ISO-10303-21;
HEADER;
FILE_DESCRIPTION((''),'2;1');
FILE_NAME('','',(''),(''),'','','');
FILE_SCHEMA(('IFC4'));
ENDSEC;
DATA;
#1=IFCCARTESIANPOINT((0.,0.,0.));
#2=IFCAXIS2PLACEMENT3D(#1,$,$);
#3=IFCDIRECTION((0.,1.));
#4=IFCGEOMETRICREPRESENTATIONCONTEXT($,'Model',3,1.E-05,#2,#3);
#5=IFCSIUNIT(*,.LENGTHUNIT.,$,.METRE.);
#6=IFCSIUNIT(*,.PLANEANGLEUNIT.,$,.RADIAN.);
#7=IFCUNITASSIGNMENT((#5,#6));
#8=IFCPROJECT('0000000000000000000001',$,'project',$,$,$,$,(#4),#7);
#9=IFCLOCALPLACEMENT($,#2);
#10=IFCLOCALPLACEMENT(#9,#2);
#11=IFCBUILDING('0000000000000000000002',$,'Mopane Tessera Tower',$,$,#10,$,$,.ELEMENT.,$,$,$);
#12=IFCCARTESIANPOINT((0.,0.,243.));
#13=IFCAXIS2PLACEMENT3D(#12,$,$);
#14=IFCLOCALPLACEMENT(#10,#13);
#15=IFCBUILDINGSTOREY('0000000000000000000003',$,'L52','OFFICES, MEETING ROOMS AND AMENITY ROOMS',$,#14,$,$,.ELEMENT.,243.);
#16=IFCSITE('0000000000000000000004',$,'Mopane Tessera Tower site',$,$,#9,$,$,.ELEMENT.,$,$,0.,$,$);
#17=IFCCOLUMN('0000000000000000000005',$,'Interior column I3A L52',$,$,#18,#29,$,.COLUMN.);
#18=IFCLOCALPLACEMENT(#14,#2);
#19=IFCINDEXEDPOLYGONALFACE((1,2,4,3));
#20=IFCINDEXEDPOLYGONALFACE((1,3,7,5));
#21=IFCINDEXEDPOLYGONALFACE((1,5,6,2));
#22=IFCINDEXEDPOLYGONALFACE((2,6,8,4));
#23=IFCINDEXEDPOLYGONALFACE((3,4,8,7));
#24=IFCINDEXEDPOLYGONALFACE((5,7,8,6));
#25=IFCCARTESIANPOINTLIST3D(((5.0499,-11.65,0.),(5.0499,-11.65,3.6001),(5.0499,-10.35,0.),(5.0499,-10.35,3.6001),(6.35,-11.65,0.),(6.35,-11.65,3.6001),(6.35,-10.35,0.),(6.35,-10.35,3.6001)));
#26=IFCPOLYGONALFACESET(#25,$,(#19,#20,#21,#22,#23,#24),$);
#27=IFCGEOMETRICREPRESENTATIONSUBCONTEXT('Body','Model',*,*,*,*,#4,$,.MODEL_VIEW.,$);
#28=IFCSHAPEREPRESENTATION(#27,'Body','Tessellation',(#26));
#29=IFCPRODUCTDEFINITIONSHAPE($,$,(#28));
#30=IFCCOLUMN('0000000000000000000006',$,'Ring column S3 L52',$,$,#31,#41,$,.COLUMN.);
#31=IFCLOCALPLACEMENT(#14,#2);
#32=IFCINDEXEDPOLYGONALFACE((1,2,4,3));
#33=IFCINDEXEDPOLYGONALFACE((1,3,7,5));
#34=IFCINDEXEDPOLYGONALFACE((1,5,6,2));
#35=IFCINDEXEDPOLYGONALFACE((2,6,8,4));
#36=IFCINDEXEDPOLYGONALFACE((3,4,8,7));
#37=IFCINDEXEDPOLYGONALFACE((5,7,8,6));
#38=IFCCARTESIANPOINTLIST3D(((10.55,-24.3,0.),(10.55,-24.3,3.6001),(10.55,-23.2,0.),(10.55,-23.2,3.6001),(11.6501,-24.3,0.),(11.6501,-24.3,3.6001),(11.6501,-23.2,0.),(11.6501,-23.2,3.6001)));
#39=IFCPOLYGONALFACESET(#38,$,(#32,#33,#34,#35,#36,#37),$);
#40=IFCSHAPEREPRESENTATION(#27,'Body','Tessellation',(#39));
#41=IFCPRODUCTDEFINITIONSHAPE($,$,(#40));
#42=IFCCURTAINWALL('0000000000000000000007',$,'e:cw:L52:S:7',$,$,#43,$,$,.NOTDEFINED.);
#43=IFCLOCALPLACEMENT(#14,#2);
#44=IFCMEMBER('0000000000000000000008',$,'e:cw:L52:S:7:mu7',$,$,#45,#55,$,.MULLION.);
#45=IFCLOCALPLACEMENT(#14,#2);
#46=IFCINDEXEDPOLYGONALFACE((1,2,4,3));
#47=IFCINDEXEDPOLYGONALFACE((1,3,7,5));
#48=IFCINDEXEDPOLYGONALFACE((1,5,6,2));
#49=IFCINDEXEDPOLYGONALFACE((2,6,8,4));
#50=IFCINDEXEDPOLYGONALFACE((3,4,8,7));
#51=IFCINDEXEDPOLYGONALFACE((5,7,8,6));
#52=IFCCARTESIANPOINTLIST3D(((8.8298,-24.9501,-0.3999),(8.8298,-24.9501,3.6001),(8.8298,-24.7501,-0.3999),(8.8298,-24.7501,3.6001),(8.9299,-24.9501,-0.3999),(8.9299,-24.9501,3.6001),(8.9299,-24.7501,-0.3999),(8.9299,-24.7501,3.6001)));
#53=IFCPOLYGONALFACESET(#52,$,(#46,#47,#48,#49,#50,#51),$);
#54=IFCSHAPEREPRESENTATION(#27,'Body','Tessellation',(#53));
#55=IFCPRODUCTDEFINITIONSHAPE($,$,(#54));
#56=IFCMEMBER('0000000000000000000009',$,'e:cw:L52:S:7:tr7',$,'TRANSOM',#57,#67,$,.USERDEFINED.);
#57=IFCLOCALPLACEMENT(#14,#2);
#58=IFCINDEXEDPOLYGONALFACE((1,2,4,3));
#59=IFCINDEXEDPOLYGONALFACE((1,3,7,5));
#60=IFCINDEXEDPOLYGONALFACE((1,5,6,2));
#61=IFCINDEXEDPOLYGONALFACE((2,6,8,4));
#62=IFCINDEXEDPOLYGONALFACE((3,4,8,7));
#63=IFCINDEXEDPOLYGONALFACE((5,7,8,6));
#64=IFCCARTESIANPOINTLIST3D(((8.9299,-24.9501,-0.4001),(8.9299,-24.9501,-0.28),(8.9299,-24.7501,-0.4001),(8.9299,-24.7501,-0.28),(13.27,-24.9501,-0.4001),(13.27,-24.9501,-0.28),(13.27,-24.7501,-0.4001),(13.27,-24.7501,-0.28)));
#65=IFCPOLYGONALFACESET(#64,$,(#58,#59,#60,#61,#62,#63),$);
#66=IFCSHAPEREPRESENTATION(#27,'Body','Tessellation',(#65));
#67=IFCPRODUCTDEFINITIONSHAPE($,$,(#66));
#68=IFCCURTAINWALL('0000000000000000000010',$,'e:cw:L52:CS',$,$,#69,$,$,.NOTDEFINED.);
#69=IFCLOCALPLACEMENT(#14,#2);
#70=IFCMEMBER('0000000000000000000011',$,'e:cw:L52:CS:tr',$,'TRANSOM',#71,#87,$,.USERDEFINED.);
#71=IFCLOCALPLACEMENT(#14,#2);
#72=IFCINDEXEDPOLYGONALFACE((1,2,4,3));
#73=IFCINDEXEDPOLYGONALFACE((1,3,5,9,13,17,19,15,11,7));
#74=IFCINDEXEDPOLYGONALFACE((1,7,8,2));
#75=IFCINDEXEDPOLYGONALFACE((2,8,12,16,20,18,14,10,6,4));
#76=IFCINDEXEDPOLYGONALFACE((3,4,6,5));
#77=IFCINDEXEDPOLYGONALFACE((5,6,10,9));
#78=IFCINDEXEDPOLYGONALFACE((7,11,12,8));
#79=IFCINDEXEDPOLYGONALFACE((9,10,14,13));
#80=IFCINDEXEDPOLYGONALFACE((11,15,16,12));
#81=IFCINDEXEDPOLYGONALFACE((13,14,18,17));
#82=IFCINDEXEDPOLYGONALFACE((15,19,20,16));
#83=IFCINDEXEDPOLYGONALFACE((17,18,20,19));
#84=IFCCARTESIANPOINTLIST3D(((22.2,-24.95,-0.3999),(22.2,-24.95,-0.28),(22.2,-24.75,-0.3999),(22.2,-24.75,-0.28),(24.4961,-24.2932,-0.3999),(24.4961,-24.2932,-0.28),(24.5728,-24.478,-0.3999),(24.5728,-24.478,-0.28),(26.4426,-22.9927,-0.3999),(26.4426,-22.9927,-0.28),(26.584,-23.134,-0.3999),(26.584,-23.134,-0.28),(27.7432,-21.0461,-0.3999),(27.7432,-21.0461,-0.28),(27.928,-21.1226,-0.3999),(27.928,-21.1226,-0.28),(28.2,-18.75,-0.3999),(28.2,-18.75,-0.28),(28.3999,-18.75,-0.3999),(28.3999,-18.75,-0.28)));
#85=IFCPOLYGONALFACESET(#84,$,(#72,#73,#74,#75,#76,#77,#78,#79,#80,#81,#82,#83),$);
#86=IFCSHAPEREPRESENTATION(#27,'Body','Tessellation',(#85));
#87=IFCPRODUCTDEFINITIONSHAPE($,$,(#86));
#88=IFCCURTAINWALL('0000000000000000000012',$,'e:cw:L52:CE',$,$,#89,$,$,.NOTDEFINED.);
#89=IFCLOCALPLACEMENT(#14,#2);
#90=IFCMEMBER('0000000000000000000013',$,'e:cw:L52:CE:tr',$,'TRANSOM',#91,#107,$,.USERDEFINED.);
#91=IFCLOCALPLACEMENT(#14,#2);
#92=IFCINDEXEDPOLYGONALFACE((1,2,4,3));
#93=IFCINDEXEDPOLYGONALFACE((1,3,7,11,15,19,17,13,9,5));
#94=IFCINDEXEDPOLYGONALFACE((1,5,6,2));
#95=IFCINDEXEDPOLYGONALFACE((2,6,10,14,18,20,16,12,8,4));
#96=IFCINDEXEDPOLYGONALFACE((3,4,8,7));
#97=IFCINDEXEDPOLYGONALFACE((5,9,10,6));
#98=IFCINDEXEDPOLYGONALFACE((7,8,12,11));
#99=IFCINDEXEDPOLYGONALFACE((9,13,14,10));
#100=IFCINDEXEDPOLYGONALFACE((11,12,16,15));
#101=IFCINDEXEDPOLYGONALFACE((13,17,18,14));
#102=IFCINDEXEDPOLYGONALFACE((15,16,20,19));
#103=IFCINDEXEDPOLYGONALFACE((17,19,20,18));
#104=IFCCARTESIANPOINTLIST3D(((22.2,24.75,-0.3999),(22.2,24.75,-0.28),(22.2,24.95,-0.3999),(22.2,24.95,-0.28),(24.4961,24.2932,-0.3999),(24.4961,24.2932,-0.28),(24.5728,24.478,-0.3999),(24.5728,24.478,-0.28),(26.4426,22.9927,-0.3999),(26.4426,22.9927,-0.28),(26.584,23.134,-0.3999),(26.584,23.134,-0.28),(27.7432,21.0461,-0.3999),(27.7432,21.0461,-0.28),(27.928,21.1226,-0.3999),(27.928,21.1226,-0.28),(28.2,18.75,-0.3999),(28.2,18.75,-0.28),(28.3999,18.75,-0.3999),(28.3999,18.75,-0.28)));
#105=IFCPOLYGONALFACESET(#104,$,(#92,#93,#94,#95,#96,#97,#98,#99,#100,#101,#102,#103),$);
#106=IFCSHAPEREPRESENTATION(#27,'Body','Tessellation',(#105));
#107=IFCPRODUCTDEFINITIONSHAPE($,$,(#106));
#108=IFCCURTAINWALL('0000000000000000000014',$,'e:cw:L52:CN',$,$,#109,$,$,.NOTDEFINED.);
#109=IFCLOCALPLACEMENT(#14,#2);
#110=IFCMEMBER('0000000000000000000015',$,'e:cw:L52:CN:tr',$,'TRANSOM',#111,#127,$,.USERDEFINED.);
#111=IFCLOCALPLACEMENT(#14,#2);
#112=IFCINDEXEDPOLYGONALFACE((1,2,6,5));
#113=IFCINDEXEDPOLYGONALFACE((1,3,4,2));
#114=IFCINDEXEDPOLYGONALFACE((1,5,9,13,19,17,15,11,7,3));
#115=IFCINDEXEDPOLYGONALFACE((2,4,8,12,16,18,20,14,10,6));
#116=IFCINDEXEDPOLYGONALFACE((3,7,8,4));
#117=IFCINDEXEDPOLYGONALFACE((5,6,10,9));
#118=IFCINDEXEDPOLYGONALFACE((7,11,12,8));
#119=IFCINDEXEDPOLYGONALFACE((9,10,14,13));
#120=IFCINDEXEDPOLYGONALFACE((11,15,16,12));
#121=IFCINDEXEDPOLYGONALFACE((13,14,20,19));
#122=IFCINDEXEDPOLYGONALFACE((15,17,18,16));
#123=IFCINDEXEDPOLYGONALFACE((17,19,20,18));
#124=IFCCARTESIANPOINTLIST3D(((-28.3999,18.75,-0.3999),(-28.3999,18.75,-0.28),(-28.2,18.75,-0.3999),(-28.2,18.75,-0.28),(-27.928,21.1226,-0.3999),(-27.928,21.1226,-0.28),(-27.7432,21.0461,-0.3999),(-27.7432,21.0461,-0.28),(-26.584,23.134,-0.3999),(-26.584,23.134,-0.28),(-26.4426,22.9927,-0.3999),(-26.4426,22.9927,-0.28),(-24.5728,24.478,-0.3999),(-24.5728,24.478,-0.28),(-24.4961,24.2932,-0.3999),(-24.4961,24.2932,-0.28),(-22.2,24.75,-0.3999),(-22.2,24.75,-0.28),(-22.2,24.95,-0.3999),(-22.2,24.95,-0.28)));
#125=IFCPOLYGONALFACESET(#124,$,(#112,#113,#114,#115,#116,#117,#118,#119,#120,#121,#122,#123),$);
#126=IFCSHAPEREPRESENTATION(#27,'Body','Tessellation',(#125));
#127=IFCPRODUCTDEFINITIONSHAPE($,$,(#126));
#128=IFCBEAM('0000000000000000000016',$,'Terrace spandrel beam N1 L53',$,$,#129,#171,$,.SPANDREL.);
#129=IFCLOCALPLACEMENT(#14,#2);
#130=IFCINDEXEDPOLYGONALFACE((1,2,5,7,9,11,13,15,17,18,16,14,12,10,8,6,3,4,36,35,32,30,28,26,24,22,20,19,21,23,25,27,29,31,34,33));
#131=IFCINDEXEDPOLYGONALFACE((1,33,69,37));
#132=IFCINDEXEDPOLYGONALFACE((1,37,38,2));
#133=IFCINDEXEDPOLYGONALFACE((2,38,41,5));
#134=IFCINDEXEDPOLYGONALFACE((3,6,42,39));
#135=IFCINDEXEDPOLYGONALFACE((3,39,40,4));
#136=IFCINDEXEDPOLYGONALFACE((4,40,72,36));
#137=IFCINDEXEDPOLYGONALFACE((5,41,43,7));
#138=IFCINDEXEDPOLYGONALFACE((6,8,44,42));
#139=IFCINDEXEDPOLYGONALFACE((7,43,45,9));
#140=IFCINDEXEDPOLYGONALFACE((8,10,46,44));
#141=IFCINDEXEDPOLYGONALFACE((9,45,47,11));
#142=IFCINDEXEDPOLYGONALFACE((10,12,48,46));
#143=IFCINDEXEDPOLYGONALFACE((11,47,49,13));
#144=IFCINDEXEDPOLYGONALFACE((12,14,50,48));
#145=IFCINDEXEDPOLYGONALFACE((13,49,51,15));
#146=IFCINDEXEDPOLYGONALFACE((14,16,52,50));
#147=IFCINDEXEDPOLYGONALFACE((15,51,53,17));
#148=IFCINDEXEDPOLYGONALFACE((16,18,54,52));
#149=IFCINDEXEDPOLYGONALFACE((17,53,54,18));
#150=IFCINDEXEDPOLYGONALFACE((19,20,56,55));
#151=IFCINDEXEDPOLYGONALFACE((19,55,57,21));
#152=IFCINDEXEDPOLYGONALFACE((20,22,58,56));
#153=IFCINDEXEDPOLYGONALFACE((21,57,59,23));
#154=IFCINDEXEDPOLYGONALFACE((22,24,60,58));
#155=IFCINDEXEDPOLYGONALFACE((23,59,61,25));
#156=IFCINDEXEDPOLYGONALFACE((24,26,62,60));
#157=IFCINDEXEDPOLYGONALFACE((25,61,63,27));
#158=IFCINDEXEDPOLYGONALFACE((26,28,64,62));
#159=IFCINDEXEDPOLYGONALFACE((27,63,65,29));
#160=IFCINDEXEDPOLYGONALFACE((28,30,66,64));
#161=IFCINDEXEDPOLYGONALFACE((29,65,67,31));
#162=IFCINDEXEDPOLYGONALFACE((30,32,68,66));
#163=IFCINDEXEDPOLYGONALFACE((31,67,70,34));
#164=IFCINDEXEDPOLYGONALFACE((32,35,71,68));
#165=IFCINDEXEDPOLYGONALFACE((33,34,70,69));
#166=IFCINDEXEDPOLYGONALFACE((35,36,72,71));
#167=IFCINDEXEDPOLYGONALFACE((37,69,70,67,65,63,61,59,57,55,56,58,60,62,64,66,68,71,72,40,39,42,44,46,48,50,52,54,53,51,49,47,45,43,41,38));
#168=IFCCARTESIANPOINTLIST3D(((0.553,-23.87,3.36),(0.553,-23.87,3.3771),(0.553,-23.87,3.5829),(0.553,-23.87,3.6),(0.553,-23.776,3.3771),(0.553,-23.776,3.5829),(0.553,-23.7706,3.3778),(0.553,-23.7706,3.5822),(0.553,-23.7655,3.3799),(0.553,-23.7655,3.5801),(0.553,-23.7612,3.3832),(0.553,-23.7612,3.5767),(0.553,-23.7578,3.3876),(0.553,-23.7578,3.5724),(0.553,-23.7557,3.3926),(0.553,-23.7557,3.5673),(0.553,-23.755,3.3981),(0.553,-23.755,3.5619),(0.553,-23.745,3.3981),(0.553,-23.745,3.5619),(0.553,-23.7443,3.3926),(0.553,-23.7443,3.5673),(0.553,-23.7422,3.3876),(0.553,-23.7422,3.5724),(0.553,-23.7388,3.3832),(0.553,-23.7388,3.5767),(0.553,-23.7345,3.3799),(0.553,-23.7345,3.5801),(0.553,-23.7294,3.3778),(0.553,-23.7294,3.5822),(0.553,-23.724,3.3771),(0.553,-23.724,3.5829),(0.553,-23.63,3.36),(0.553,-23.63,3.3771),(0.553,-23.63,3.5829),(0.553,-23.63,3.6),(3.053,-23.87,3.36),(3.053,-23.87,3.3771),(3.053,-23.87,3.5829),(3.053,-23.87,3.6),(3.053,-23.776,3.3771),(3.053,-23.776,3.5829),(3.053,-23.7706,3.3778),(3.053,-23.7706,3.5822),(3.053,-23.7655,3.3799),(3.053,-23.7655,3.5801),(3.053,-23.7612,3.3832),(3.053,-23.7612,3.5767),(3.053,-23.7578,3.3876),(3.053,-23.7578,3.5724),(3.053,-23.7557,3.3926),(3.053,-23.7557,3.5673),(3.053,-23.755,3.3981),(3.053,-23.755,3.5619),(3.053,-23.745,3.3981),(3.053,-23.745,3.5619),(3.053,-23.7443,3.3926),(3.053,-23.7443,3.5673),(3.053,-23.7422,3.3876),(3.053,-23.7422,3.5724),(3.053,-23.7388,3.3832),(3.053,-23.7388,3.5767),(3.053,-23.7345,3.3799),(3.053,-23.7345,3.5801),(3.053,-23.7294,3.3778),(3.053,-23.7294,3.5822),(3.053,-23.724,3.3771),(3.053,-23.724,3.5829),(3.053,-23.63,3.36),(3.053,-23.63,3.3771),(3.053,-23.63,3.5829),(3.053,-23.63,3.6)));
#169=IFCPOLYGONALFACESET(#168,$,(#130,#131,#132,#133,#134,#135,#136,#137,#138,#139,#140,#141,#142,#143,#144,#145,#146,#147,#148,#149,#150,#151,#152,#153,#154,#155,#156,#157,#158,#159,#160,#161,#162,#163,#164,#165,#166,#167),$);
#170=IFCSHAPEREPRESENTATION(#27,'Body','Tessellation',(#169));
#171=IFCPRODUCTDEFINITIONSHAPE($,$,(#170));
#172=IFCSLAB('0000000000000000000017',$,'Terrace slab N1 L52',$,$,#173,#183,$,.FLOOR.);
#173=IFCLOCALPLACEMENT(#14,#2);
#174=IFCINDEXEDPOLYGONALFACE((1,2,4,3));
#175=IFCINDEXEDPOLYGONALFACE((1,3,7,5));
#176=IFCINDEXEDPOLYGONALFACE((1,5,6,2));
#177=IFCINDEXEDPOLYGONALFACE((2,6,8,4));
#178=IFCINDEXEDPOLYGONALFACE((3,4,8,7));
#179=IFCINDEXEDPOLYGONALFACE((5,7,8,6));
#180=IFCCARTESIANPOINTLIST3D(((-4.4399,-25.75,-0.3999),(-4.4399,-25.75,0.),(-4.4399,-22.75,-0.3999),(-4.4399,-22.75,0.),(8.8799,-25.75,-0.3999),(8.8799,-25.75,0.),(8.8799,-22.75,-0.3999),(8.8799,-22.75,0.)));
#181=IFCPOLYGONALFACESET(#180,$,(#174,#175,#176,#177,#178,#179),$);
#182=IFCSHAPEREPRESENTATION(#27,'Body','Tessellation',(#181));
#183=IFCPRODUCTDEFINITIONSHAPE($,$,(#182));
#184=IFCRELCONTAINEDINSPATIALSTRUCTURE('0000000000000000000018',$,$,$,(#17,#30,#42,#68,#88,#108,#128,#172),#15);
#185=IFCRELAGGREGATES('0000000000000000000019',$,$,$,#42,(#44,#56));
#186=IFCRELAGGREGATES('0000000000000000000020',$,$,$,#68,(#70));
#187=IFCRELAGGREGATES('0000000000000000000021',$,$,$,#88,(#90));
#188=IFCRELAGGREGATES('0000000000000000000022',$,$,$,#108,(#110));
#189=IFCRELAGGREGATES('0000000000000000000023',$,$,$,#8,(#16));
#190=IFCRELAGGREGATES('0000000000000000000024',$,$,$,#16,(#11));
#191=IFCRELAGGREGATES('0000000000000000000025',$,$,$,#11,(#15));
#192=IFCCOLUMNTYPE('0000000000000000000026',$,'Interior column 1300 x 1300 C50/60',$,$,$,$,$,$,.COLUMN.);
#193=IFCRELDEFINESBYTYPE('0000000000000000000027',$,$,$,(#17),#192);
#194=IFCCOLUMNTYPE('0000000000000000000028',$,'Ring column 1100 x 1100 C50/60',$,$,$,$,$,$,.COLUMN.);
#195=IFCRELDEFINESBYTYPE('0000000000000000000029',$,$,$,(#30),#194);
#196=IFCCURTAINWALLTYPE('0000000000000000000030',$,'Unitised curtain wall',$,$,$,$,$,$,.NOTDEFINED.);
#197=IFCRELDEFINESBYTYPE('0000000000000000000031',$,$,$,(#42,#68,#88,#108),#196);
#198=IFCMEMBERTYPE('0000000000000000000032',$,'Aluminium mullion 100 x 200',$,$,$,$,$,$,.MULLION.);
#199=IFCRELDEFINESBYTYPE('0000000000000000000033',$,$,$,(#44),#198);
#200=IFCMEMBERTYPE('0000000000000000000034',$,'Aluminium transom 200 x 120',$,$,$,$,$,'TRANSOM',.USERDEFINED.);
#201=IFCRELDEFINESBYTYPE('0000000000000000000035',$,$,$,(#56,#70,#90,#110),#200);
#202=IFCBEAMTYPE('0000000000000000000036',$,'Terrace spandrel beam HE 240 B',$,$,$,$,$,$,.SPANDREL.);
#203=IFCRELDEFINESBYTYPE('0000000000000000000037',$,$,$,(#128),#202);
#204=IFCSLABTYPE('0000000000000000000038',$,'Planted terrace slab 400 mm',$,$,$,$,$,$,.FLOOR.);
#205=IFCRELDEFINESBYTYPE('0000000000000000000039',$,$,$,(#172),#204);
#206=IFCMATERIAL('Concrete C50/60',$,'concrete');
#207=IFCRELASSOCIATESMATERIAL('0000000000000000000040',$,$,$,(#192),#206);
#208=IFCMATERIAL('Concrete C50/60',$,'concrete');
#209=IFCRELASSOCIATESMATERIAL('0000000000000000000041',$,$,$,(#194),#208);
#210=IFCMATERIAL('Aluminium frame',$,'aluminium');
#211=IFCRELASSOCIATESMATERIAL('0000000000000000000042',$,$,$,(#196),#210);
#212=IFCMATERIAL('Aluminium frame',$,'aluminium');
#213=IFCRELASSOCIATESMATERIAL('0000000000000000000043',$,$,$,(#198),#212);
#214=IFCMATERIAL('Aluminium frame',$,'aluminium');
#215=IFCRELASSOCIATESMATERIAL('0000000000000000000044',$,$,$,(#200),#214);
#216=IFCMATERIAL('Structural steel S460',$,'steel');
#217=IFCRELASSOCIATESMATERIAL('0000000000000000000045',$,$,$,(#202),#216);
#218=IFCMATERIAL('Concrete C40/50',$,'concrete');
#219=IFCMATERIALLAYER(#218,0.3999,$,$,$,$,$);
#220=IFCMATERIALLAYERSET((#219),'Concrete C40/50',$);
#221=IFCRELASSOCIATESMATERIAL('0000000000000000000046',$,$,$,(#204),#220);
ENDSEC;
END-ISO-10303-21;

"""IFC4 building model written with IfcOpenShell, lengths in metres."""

from ifc_helpers import new_model, si_unit, direction, frame, origin, origin_2d, place, context, subcontext, project, spatial, polyline, rectangle, i_section, outline, extrude, material, layer, layer_set, material_profile, profile_set, type_object, element, aggregate, save


model = new_model("IFC4")

# Units and contexts
model_context = context("Model", 3, precision=1e-05, world=origin(), true_north=direction((0.0, 1.0)))
body_context = subcontext(model_context, "Body", "Model", "MODEL_VIEW")
ifc_project = project(units=[si_unit("LENGTHUNIT", "METRE"), si_unit("PLANEANGLEUNIT", "RADIAN")], contexts=[model_context])

# Site, building, storey
site_placement = place(None, origin())
site = spatial("IfcSite", under=ifc_project, at=site_placement, Name="Mopane Tessera Tower site", CompositionType="ELEMENT", RefElevation=0.0)
building_placement = place(site_placement, origin())
building = spatial("IfcBuilding", under=site, at=building_placement, Name="Mopane Tessera Tower", CompositionType="ELEMENT")
storey_placement = place(building_placement, frame((0.0, 0.0, 243.0)))
storey = spatial("IfcBuildingStorey", under=building, at=storey_placement, Name="L52", Description="OFFICES, MEETING ROOMS AND AMENITY ROOMS", CompositionType="ELEMENT", Elevation=243.0)

# Columns
ifc_material_1 = material(Name="Concrete C50/60", Category="concrete")
ifc_material_profile_1 = material_profile(ifc_material_1, rectangle(XDim=1.3, YDim=1.3, at=origin_2d()))
ifc_profile_set_1 = profile_set([ifc_material_profile_1], Name="Concrete C50/60")
column_type_1 = type_object("IfcColumnType", Name="Interior column 1300 x 1300 C50/60", PredefinedType="COLUMN", material=ifc_profile_set_1)
column_1_placement = place(storey_placement, frame((5.7, -11.0, 0.0), z_axis=(0.0, 0.0, 1.0), x_axis=(1.0, 0.0, 0.0)))
element("IfcColumn", 1, at=column_1_placement, inside=storey, type_object=column_type_1, Name="Interior column I3A L52", PredefinedType="COLUMN", context=body_context, shape_type="SweptSolid", body=[
    extrude(rectangle(XDim=1.3, YDim=1.3, at=origin_2d()), origin(), (0.0, 0.0, 1.0), 3.6001),
])
ifc_material_2 = material(Name="Concrete C50/60", Category="concrete")
ifc_material_profile_2 = material_profile(ifc_material_2, rectangle(XDim=1.1001, YDim=1.1001, at=origin_2d()))
ifc_profile_set_2 = profile_set([ifc_material_profile_2], Name="Concrete C50/60")
column_type_2 = type_object("IfcColumnType", Name="Ring column 1100 x 1100 C50/60", PredefinedType="COLUMN", material=ifc_profile_set_2)
column_2_placement = place(storey_placement, frame((11.1001, -23.75, 0.0), z_axis=(0.0, 0.0, 1.0), x_axis=(1.0, 0.0, 0.0)))
element("IfcColumn", 2, at=column_2_placement, inside=storey, type_object=column_type_2, Name="Ring column S3 L52", PredefinedType="COLUMN", context=body_context, shape_type="SweptSolid", body=[
    extrude(rectangle(XDim=1.1001, YDim=1.1001, at=origin_2d()), origin(), (0.0, 0.0, 1.0), 3.6001),
])

# Curtain wall, members
ifc_material_3 = material(Name="Aluminium frame", Category="aluminium")
curtain_wall_type = type_object("IfcCurtainWallType", Name="Unitised curtain wall", PredefinedType="NOTDEFINED", material=ifc_material_3)
curtain_wall_1_placement = place(storey_placement, origin())
curtain_wall_1 = element("IfcCurtainWall", 3, at=curtain_wall_1_placement, inside=storey, type_object=curtain_wall_type, Name="e:cw:L52:S:7", PredefinedType="NOTDEFINED")
ifc_material_4 = material(Name="Aluminium frame", Category="aluminium")
ifc_material_profile_3 = material_profile(ifc_material_4, rectangle(XDim=0.1001, YDim=0.2, at=origin_2d()))
ifc_profile_set_3 = profile_set([ifc_material_profile_3], Name="Aluminium frame")
member_type_1 = type_object("IfcMemberType", Name="Aluminium mullion 100 x 200", PredefinedType="MULLION", material=ifc_profile_set_3)
member_1_placement = place(storey_placement, frame((8.8799, -24.8501, -0.3999), z_axis=(0.0, 0.0, 1.0), x_axis=(1.0, 0.0, 0.0)))
member_1 = element("IfcMember", 4, at=member_1_placement, type_object=member_type_1, Name="e:cw:L52:S:7:mu7", PredefinedType="MULLION", context=body_context, shape_type="SweptSolid", body=[
    extrude(rectangle(XDim=0.1001, YDim=0.2, at=origin_2d()), origin(), (0.0, 0.0, 1.0), 4.0),
])
ifc_material_5 = material(Name="Aluminium frame", Category="aluminium")
ifc_material_profile_4 = material_profile(ifc_material_5, rectangle(XDim=0.2, YDim=0.1201, at=origin_2d()))
ifc_profile_set_4 = profile_set([ifc_material_profile_4], Name="Aluminium frame")
member_type_2 = type_object("IfcMemberType", Name="Aluminium transom 200 x 120", ElementType="TRANSOM", PredefinedType="USERDEFINED", material=ifc_profile_set_4)
member_2_placement = place(storey_placement, frame((8.9299, -24.8501, -0.3401), z_axis=(1.0, 0.0, 0.0), x_axis=(0.0, 1.0, 0.0)))
member_2 = element("IfcMember", 5, at=member_2_placement, type_object=member_type_2, Name="e:cw:L52:S:7:tr7", ObjectType="TRANSOM", PredefinedType="USERDEFINED", context=body_context, shape_type="SweptSolid", body=[
    extrude(rectangle(XDim=0.2, YDim=0.1201, at=origin_2d()), origin(), (0.0, 0.0, 1.0), 4.3401),
])

# Curtain walls, members
curtain_wall_2_placement = place(storey_placement, origin())
curtain_wall_2 = element("IfcCurtainWall", 6, at=curtain_wall_2_placement, inside=storey, type_object=curtain_wall_type, Name="e:cw:L52:CS", PredefinedType="NOTDEFINED")
member_3_placement = place(storey_placement, frame((0.0, 0.0, -0.3999)))
member_3 = element("IfcMember", 7, at=member_3_placement, type_object=member_type_2, Name="e:cw:L52:CS:tr", ObjectType="TRANSOM", PredefinedType="USERDEFINED", context=body_context, shape_type="SweptSolid", body=[
    extrude(outline(polyline([(22.2, -24.75), (24.4961, -24.2932), (26.4426, -22.9927), (27.7432, -21.0461), (28.2, -18.75), (28.3999, -18.75), (27.928, -21.1226), (26.584, -23.134), (24.5728, -24.478), (22.2, -24.95), (22.2, -24.75)])), origin(), (0.0, 0.0, 1.0), 0.1199),
])
curtain_wall_3_placement = place(storey_placement, origin())
curtain_wall_3 = element("IfcCurtainWall", 8, at=curtain_wall_3_placement, inside=storey, type_object=curtain_wall_type, Name="e:cw:L52:CE", PredefinedType="NOTDEFINED")
member_4_placement = place(storey_placement, frame((0.0, 0.0, -0.3999)))
member_4 = element("IfcMember", 9, at=member_4_placement, type_object=member_type_2, Name="e:cw:L52:CE:tr", ObjectType="TRANSOM", PredefinedType="USERDEFINED", context=body_context, shape_type="SweptSolid", body=[
    extrude(outline(polyline([(28.2, 18.75), (27.7432, 21.0461), (26.4426, 22.9927), (24.4961, 24.2932), (22.2, 24.75), (22.2, 24.95), (24.5728, 24.478), (26.584, 23.134), (27.928, 21.1226), (28.3999, 18.75), (28.2, 18.75)])), origin(), (0.0, 0.0, 1.0), 0.1199),
])
curtain_wall_4_placement = place(storey_placement, origin())
curtain_wall_4 = element("IfcCurtainWall", 10, at=curtain_wall_4_placement, inside=storey, type_object=curtain_wall_type, Name="e:cw:L52:CN", PredefinedType="NOTDEFINED")
member_5_placement = place(storey_placement, frame((0.0, 0.0, -0.3999)))
member_5 = element("IfcMember", 11, at=member_5_placement, type_object=member_type_2, Name="e:cw:L52:CN:tr", ObjectType="TRANSOM", PredefinedType="USERDEFINED", context=body_context, shape_type="SweptSolid", body=[
    extrude(outline(polyline([(-22.2, 24.75), (-24.4961, 24.2932), (-26.4426, 22.9927), (-27.7432, 21.0461), (-28.2, 18.75), (-28.3999, 18.75), (-27.928, 21.1226), (-26.584, 23.134), (-24.5728, 24.478), (-22.2, 24.95), (-22.2, 24.75)])), origin(), (0.0, 0.0, 1.0), 0.1199),
])

# Beam
ifc_material_6 = material(Name="Structural steel S460", Category="steel")
ifc_material_profile_5 = material_profile(ifc_material_6, i_section(OverallWidth=0.24, OverallDepth=0.24, WebThickness=0.01, FlangeThickness=0.0171, FilletRadius=0.021, at=origin_2d()))
ifc_profile_set_5 = profile_set([ifc_material_profile_5], Name="Structural steel S460")
beam_type = type_object("IfcBeamType", Name="Terrace spandrel beam HE 240 B", PredefinedType="SPANDREL", material=ifc_profile_set_5)
beam_placement = place(storey_placement, frame((0.553, -23.75, 3.48), z_axis=(1.0, 0.0, 0.0), x_axis=(0.0, 1.0, 0.0)))
element("IfcBeam", 12, at=beam_placement, inside=storey, type_object=beam_type, Name="Terrace spandrel beam N1 L53", PredefinedType="SPANDREL", context=body_context, shape_type="SweptSolid", body=[
    extrude(i_section(OverallWidth=0.24, OverallDepth=0.24, WebThickness=0.01, FlangeThickness=0.0171, FilletRadius=0.021, at=origin_2d()), origin(), (0.0, 0.0, 1.0), 2.5),
])

# Slab
ifc_material_7 = material(Name="Concrete C40/50", Category="concrete")
ifc_layer_1 = layer(ifc_material_7, 0.3999)
ifc_layer_set_1 = layer_set([ifc_layer_1], Name="Concrete C40/50")
slab_type = type_object("IfcSlabType", Name="Planted terrace slab 400 mm", PredefinedType="FLOOR", material=ifc_layer_set_1)
slab_1_placement = place(storey_placement, frame((0.0, 0.0, -0.3999)))
element("IfcSlab", 13, at=slab_1_placement, inside=storey, type_object=slab_type, Name="Terrace slab N1 L52", PredefinedType="FLOOR", context=body_context, shape_type="SweptSolid", body=[
    extrude(outline(polyline([(8.8799, -25.75), (8.8799, -22.75), (-4.4399, -22.75), (-4.4399, -25.75), (8.8799, -25.75)])), origin(), (0.0, 0.0, 1.0), 0.3999),
])

aggregate(curtain_wall_1, [member_1, member_2])
aggregate(curtain_wall_2, [member_3])
aggregate(curtain_wall_3, [member_4])
aggregate(curtain_wall_4, [member_5])

save(model, "model.ifc")
